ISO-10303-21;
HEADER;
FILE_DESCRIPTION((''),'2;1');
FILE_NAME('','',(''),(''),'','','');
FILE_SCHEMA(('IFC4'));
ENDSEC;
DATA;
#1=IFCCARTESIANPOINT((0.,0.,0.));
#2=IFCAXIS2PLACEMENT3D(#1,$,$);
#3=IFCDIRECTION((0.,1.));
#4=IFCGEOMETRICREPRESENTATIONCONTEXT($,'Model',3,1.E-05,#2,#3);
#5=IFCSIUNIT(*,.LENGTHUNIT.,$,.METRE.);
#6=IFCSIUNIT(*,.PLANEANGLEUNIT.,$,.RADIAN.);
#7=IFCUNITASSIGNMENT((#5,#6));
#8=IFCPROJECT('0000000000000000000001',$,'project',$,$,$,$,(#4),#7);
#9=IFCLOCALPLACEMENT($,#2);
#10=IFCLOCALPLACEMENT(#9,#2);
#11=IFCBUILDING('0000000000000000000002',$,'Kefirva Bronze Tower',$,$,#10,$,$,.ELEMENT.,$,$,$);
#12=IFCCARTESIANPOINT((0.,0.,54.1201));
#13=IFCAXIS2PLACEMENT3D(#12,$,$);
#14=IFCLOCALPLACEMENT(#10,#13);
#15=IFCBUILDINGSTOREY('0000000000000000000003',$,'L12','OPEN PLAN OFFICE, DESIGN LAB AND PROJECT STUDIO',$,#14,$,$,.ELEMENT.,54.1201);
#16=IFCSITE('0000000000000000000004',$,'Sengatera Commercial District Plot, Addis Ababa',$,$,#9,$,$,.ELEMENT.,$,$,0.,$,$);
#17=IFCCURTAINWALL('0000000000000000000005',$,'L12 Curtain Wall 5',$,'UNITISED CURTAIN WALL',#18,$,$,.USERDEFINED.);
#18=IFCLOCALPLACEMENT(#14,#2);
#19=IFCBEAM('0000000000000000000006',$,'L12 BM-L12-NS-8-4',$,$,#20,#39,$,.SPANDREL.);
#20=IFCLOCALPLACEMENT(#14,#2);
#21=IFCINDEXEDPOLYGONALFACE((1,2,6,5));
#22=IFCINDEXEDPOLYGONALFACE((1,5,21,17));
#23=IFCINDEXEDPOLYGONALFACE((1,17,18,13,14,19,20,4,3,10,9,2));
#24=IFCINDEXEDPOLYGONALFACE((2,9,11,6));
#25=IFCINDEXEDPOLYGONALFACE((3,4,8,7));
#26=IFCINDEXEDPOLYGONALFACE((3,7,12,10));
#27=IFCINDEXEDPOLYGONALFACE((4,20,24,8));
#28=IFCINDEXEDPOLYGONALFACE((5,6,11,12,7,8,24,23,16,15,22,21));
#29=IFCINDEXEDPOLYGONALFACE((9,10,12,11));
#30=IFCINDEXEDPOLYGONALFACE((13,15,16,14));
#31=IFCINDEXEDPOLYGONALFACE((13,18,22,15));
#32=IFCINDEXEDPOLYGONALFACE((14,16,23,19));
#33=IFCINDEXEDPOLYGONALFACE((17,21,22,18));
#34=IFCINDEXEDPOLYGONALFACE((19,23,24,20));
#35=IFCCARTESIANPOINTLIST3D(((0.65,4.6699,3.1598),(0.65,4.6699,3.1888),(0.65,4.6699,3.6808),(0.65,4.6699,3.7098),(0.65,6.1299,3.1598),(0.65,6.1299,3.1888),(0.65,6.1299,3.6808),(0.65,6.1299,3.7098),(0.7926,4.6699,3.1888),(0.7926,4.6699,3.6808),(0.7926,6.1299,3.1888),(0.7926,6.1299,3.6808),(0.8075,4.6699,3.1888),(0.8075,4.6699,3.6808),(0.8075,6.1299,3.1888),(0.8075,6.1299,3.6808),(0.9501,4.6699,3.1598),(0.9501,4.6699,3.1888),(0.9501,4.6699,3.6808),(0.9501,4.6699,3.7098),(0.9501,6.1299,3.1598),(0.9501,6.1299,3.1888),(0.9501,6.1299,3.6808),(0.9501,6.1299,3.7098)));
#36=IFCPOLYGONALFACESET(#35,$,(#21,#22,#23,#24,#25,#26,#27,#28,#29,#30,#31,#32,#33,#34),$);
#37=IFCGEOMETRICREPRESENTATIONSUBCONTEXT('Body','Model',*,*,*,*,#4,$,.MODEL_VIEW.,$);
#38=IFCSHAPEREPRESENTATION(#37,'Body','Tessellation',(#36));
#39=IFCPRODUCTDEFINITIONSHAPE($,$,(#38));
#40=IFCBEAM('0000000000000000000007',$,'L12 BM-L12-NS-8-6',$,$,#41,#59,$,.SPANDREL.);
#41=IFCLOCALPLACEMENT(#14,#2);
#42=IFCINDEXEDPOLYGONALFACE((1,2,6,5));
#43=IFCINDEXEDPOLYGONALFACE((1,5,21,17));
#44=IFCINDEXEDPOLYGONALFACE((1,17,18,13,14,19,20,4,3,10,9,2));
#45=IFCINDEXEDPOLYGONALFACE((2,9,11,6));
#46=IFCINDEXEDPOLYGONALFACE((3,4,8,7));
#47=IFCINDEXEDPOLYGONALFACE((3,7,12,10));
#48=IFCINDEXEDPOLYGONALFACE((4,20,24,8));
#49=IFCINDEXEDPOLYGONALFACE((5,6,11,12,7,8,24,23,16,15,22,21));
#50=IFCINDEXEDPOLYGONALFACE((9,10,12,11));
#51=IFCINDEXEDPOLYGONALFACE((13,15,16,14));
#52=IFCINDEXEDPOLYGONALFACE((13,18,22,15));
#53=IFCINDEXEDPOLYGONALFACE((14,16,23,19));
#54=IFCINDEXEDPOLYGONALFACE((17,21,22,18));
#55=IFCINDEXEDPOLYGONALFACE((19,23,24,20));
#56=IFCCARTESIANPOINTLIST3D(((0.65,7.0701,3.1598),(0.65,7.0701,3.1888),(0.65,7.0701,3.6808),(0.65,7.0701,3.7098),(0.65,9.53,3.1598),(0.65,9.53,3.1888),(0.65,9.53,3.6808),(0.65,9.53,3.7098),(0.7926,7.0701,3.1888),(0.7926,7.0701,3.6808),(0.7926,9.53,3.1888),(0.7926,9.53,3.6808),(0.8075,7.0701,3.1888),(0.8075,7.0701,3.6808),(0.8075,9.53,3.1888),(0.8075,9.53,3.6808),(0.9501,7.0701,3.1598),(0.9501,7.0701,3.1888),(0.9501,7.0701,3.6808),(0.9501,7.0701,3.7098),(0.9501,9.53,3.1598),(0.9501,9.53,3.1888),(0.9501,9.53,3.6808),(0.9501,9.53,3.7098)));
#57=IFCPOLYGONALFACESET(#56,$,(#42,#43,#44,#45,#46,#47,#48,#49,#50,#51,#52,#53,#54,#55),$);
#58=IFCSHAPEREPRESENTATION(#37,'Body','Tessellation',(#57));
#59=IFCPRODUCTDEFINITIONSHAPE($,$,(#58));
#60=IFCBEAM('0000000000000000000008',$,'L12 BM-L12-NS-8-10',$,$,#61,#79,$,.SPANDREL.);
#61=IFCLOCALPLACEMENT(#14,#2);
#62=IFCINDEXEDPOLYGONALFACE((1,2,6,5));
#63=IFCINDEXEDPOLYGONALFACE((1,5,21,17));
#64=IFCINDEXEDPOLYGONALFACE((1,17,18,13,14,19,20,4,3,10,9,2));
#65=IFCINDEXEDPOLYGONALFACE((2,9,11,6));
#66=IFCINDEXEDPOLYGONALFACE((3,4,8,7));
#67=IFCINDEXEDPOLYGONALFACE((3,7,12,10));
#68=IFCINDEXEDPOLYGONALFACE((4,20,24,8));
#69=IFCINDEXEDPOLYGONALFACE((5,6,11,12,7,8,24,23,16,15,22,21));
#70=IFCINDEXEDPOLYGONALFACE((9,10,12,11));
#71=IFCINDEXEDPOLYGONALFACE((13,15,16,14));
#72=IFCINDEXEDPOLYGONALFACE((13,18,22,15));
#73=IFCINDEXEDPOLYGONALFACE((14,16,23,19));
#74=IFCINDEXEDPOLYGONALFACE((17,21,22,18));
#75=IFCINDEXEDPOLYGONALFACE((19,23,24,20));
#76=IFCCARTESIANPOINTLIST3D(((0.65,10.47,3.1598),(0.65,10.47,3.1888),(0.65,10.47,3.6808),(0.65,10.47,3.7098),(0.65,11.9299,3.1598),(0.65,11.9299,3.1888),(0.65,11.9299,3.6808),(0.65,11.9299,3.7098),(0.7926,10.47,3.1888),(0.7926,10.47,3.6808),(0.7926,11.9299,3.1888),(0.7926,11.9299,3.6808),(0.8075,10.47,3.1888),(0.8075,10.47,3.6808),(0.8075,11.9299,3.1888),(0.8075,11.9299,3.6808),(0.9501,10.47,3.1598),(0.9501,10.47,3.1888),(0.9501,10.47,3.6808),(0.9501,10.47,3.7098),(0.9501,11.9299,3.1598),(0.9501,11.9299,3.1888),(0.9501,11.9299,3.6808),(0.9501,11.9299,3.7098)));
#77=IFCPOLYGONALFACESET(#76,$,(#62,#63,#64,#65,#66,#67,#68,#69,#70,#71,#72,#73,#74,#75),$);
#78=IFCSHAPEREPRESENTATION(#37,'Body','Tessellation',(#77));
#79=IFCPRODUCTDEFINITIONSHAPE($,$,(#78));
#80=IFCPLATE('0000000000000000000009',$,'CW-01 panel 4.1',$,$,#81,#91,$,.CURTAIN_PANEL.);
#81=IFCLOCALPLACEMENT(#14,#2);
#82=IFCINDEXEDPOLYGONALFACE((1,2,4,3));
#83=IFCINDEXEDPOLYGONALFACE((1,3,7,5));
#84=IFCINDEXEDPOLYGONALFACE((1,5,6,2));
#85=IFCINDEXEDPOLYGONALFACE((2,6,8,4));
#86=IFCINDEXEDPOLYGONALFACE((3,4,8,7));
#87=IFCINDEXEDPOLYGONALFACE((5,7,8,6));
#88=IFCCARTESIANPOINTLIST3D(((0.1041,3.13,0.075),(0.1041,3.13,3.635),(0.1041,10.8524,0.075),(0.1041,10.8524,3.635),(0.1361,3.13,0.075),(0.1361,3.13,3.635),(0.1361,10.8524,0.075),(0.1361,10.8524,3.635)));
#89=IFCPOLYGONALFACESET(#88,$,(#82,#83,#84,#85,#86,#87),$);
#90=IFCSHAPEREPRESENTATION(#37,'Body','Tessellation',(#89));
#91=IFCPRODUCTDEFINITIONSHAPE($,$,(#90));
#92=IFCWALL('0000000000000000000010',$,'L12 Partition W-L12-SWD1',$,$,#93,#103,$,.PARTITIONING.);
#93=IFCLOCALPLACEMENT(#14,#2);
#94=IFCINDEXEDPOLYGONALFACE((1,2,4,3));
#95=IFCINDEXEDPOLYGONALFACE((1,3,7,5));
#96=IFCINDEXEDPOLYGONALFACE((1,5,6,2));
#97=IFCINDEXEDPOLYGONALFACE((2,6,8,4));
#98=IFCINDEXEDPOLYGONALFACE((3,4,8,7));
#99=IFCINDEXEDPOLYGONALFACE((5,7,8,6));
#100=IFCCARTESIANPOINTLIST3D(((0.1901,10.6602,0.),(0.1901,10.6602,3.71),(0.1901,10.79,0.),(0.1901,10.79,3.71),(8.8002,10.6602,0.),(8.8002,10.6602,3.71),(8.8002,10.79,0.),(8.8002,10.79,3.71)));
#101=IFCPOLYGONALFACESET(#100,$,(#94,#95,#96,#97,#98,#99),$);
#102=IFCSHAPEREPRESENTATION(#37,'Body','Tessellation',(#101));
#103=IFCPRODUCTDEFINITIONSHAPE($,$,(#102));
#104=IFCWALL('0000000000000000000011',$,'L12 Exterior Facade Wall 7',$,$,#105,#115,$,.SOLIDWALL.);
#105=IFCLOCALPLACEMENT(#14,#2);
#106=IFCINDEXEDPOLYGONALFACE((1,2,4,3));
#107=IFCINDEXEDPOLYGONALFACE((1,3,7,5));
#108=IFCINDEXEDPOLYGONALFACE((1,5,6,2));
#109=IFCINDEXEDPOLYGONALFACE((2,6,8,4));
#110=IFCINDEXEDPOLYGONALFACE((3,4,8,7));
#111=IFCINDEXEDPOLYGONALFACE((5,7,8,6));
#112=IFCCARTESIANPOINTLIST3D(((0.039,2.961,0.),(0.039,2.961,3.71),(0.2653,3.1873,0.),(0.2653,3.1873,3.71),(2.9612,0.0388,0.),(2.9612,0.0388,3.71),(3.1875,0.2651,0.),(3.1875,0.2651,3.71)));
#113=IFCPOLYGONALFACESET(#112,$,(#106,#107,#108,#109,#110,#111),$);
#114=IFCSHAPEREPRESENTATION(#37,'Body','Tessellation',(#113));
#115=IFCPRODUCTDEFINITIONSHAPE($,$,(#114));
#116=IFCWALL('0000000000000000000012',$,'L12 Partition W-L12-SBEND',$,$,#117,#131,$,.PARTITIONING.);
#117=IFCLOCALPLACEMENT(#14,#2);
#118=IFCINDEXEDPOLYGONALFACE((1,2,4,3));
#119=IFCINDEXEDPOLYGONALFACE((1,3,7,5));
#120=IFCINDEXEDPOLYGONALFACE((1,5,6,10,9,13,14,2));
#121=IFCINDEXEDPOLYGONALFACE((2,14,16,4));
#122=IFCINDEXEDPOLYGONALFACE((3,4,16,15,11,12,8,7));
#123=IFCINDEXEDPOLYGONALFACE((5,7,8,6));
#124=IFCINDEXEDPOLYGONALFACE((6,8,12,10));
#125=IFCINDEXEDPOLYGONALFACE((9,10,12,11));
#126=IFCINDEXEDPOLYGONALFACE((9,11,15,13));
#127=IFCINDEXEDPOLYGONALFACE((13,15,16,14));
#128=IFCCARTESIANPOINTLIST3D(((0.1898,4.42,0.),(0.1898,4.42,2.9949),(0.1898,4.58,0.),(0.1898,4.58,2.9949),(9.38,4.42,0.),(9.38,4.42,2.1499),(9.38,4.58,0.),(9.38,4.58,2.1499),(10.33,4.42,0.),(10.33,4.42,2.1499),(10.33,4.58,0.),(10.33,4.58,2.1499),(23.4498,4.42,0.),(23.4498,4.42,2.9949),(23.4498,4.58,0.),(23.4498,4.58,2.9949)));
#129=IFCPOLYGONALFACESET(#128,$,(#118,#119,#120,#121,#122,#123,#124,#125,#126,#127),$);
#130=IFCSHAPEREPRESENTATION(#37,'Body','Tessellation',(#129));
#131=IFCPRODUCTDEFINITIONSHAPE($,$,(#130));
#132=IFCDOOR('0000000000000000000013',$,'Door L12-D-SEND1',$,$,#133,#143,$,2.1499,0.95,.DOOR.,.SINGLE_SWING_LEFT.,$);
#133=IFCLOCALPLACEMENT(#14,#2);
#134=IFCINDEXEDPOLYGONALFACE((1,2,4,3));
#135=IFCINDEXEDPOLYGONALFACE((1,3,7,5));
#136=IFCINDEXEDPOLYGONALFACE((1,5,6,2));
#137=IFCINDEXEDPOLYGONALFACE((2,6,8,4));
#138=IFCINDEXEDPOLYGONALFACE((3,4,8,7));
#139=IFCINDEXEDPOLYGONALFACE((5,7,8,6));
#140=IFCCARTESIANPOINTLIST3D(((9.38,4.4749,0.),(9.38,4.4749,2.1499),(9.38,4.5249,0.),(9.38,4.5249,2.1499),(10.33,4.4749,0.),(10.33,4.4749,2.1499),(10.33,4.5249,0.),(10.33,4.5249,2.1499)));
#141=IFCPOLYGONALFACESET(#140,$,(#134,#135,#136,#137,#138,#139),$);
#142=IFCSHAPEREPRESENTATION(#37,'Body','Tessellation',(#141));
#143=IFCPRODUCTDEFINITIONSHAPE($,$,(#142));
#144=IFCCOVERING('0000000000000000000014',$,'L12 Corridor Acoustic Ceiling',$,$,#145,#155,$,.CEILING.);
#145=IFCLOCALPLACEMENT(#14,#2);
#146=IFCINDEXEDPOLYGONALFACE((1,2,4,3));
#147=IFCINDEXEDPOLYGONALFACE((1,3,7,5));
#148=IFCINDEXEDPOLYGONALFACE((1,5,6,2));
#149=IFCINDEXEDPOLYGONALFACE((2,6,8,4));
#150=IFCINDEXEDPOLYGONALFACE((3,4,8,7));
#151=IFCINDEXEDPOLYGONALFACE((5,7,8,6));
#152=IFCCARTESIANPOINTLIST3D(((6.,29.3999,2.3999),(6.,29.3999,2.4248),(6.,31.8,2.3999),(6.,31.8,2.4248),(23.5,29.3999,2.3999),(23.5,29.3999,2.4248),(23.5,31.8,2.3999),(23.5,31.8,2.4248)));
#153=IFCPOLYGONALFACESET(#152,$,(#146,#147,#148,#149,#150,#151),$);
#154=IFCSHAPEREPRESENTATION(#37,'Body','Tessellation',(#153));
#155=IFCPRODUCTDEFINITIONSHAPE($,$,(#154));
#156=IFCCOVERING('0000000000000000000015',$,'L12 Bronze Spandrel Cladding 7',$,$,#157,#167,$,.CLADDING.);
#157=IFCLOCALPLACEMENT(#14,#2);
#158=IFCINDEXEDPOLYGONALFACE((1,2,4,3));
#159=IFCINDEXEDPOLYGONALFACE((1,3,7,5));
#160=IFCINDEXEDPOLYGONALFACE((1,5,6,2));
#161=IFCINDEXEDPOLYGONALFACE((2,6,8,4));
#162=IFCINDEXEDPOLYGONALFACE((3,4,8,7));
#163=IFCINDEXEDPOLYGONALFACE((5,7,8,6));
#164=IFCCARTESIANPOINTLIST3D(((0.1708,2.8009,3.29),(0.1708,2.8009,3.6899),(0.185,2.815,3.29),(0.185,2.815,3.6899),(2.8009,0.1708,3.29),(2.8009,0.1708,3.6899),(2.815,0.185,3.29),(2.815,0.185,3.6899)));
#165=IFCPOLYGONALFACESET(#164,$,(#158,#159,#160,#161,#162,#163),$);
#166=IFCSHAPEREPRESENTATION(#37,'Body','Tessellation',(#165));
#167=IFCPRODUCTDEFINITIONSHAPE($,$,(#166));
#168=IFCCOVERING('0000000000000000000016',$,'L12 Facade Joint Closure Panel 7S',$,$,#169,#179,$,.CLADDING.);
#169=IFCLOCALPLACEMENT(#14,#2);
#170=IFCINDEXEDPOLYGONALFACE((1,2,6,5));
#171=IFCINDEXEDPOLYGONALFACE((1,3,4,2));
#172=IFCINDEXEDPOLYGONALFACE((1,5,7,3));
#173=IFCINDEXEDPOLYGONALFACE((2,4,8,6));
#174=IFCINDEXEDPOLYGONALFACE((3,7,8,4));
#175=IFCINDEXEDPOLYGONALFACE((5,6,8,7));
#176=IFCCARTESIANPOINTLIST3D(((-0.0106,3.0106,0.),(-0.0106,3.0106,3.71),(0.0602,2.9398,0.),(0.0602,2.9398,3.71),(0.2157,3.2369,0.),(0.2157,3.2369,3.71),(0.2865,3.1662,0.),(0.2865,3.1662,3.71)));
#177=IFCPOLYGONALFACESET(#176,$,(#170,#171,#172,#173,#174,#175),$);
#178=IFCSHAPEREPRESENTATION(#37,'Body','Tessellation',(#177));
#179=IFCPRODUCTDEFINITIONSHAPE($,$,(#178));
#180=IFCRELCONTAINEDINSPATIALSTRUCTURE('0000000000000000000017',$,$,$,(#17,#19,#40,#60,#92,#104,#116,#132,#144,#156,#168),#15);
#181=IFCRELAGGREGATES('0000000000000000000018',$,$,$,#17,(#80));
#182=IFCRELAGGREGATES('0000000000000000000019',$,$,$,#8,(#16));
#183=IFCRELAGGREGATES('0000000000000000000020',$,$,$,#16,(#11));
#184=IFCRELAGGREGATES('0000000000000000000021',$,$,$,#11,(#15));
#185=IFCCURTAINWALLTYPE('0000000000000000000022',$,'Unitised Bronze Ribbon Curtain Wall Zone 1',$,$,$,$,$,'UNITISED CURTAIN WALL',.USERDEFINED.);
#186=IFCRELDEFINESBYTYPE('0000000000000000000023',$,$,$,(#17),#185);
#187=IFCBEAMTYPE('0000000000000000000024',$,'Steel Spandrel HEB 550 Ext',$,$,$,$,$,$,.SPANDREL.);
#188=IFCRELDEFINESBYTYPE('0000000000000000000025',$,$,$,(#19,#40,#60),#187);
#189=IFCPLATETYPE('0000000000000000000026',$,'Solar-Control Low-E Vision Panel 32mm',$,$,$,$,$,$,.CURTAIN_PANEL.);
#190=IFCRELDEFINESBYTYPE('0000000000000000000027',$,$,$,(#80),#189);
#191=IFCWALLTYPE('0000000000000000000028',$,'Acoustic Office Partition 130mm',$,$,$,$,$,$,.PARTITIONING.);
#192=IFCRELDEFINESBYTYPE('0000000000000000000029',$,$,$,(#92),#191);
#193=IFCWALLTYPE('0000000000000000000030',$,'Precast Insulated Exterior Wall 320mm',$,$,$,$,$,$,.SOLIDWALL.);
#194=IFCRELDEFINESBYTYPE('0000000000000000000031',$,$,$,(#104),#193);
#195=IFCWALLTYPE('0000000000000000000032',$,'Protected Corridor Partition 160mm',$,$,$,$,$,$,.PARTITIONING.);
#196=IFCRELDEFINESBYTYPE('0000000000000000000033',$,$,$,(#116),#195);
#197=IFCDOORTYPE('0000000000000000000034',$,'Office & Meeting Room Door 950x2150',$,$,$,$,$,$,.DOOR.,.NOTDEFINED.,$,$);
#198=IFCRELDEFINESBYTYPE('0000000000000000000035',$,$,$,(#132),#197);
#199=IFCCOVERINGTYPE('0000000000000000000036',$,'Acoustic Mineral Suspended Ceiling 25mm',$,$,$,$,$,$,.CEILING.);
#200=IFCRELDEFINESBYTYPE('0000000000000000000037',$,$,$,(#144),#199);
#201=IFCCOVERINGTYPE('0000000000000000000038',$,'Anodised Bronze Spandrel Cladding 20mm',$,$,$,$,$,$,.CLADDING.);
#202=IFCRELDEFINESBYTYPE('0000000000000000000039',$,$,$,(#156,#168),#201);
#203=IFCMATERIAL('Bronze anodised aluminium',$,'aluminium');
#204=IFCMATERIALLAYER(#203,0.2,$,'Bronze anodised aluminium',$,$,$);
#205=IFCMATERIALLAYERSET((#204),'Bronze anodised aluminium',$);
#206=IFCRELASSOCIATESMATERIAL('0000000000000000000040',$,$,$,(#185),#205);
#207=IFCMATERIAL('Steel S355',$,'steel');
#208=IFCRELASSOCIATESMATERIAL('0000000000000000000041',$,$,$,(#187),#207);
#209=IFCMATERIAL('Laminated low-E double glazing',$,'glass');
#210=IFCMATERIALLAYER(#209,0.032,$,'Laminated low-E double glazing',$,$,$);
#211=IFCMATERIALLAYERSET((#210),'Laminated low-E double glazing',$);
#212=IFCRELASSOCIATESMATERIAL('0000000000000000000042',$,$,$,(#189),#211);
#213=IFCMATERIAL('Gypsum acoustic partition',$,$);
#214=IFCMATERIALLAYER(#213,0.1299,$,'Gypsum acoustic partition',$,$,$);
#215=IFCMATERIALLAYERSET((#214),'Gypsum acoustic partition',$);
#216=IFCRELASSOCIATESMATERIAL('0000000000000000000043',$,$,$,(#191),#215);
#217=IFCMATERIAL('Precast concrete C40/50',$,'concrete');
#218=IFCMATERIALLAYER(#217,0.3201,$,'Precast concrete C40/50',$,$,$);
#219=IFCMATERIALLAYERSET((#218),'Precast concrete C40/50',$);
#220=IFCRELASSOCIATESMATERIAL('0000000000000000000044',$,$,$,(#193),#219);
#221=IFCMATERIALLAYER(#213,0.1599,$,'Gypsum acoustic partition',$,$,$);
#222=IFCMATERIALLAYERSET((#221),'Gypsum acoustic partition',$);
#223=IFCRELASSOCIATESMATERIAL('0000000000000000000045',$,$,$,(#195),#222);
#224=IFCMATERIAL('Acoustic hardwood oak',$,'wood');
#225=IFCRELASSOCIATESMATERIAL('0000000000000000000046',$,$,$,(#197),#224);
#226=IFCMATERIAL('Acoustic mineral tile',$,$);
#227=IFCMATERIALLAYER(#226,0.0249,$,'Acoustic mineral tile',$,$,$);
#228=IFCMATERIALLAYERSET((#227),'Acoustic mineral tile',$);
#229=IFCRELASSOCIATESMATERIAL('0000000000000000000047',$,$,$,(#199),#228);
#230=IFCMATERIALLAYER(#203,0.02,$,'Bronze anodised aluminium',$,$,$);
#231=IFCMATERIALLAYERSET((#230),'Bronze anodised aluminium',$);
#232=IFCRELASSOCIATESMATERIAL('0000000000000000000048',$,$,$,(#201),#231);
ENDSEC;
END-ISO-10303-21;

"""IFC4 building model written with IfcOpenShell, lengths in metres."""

from ifc_helpers import new_model, si_unit, direction, frame, frame_2d, origin, origin_2d, place, context, subcontext, project, spatial, polyline, rectangle, i_section, outline, extrude, material, layer, layer_set, material_profile, profile_set, type_object, element, fill, aggregate, save


model = new_model("IFC4")

# Units and contexts
model_context = context("Model", 3, precision=1e-05, world=origin(), true_north=direction((0.0, 1.0)))
body_context = subcontext(model_context, "Body", "Model", "MODEL_VIEW")
ifc_project = project(units=[si_unit("LENGTHUNIT", "METRE"), si_unit("PLANEANGLEUNIT", "RADIAN")], contexts=[model_context])

# Site, building, storey
site_placement = place(None, origin())
site = spatial("IfcSite", under=ifc_project, at=site_placement, Name="Sengatera Commercial District Plot, Addis Ababa", CompositionType="ELEMENT", RefElevation=0.0)
building_placement = place(site_placement, origin())
building = spatial("IfcBuilding", under=site, at=building_placement, Name="Kefirva Bronze Tower", CompositionType="ELEMENT")
storey_placement = place(building_placement, frame((0.0, 0.0, 54.1201)))
storey = spatial("IfcBuildingStorey", under=building, at=storey_placement, Name="L12", Description="OPEN PLAN OFFICE, DESIGN LAB AND PROJECT STUDIO", CompositionType="ELEMENT", Elevation=54.1201)

# Curtain wall
ifc_material_1 = material(Name="Bronze anodised aluminium", Category="aluminium")
ifc_layer_1 = layer(ifc_material_1, 0.2, Name="Bronze anodised aluminium")
ifc_layer_set_1 = layer_set([ifc_layer_1], Name="Bronze anodised aluminium")
curtain_wall_type = type_object("IfcCurtainWallType", Name="Unitised Bronze Ribbon Curtain Wall Zone 1", ElementType="UNITISED CURTAIN WALL", PredefinedType="USERDEFINED", material=ifc_layer_set_1)
curtain_wall_placement = place(storey_placement, origin())
curtain_wall = element("IfcCurtainWall", 1, at=curtain_wall_placement, inside=storey, type_object=curtain_wall_type, Name="L12 Curtain Wall 5", ObjectType="UNITISED CURTAIN WALL", PredefinedType="USERDEFINED")

# Beams
ifc_material_2 = material(Name="Steel S355", Category="steel")
ifc_material_profile_1 = material_profile(ifc_material_2, i_section(OverallWidth=0.3, OverallDepth=0.55, WebThickness=0.0149, FlangeThickness=0.0291, at=origin_2d()), Name="HEB 550")
ifc_profile_set_1 = profile_set([ifc_material_profile_1], Name="Steel S355")
beam_type_1 = type_object("IfcBeamType", Name="Steel Spandrel HEB 550 Ext", PredefinedType="SPANDREL", material=ifc_profile_set_1)
beam_1_placement = place(storey_placement, frame((0.8, 4.6699, 3.4348), z_axis=(0.0, 1.0, 0.0), x_axis=(-1.0, 0.0, 0.0)))
element("IfcBeam", 2, at=beam_1_placement, inside=storey, type_object=beam_type_1, Name="L12 BM-L12-NS-8-4", PredefinedType="SPANDREL", context=body_context, shape_type="SweptSolid", body=[
    extrude(i_section(OverallWidth=0.3, OverallDepth=0.55, WebThickness=0.0149, FlangeThickness=0.0291, at=origin_2d()), origin(), (0.0, 0.0, 1.0), 1.46),
])
beam_2_placement = place(storey_placement, frame((0.8, 7.0701, 3.4348), z_axis=(0.0, 1.0, 0.0), x_axis=(-1.0, 0.0, 0.0)))
element("IfcBeam", 3, at=beam_2_placement, inside=storey, type_object=beam_type_1, Name="L12 BM-L12-NS-8-6", PredefinedType="SPANDREL", context=body_context, shape_type="SweptSolid", body=[
    extrude(i_section(OverallWidth=0.3, OverallDepth=0.55, WebThickness=0.0149, FlangeThickness=0.0291, at=origin_2d()), origin(), (0.0, 0.0, 1.0), 2.46),
])
beam_3_placement = place(storey_placement, frame((0.8, 10.47, 3.4348), z_axis=(0.0, 1.0, 0.0), x_axis=(-1.0, 0.0, 0.0)))
element("IfcBeam", 4, at=beam_3_placement, inside=storey, type_object=beam_type_1, Name="L12 BM-L12-NS-8-10", PredefinedType="SPANDREL", context=body_context, shape_type="SweptSolid", body=[
    extrude(i_section(OverallWidth=0.3, OverallDepth=0.55, WebThickness=0.0149, FlangeThickness=0.0291, at=origin_2d()), origin(), (0.0, 0.0, 1.0), 1.46),
])

# Plate
ifc_material_3 = material(Name="Laminated low-E double glazing", Category="glass")
ifc_layer_2 = layer(ifc_material_3, 0.032, Name="Laminated low-E double glazing")
ifc_layer_set_2 = layer_set([ifc_layer_2], Name="Laminated low-E double glazing")
plate_type = type_object("IfcPlateType", Name="Solar-Control Low-E Vision Panel 32mm", PredefinedType="CURTAIN_PANEL", material=ifc_layer_set_2)
plate_placement = place(storey_placement, frame((0.1201, 6.9912, 0.075), z_axis=(0.0, 0.0, 1.0), x_axis=(0.0, -1.0, 0.0)))
plate = element("IfcPlate", 5, at=plate_placement, type_object=plate_type, Name="CW-01 panel 4.1", PredefinedType="CURTAIN_PANEL", context=body_context, shape_type="SweptSolid", body=[
    extrude(rectangle(XDim=7.7224, YDim=0.032, at=origin_2d()), origin(), (0.0, 0.0, 1.0), 3.5601),
])
aggregate(curtain_wall, [plate])

# Walls
ifc_material_4 = material(Name="Gypsum acoustic partition")
ifc_layer_3 = layer(ifc_material_4, 0.1299, Name="Gypsum acoustic partition")
ifc_layer_set_3 = layer_set([ifc_layer_3], Name="Gypsum acoustic partition")
wall_type_1 = type_object("IfcWallType", Name="Acoustic Office Partition 130mm", PredefinedType="PARTITIONING", material=ifc_layer_set_3)
wall_1_placement = place(storey_placement, frame((0.1899, 10.7251, 0.0), z_axis=(0.0, 0.0, 1.0), x_axis=(1.0, 0.0, 0.0)))
element("IfcWall", 6, at=wall_1_placement, inside=storey, type_object=wall_type_1, Name="L12 Partition W-L12-SWD1", PredefinedType="PARTITIONING", context=body_context, shape_type="SweptSolid", body=[
    extrude(rectangle(XDim=8.6101, YDim=0.1299, at=frame_2d((4.3052, 0.0))), origin(), (0.0, 0.0, 1.0), 3.71),
])
ifc_material_5 = material(Name="Precast concrete C40/50", Category="concrete")
ifc_layer_4 = layer(ifc_material_5, 0.3201, Name="Precast concrete C40/50")
ifc_layer_set_4 = layer_set([ifc_layer_4], Name="Precast concrete C40/50")
wall_type_2 = type_object("IfcWallType", Name="Precast Insulated Exterior Wall 320mm", PredefinedType="SOLIDWALL", material=ifc_layer_set_4)
wall_2_placement = place(storey_placement, frame((0.1521, 3.0742, 0.0), z_axis=(0.0, 0.0, 1.0), x_axis=(0.707107, -0.707107, 0.0)))
element("IfcWall", 7, at=wall_2_placement, inside=storey, type_object=wall_type_2, Name="L12 Exterior Facade Wall 7", PredefinedType="SOLIDWALL", context=body_context, shape_type="SweptSolid", body=[
    extrude(rectangle(XDim=4.1326, YDim=0.3201, at=frame_2d((2.0664, 0.0))), origin(), (0.0, 0.0, 1.0), 3.71),
])

# Wall, opening, door
ifc_layer_5 = layer(ifc_material_4, 0.1599, Name="Gypsum acoustic partition")
ifc_layer_set_5 = layer_set([ifc_layer_5], Name="Gypsum acoustic partition")
wall_type_3 = type_object("IfcWallType", Name="Protected Corridor Partition 160mm", PredefinedType="PARTITIONING", material=ifc_layer_set_5)
wall_3_placement = place(storey_placement, frame((0.1899, 4.5, 0.0), z_axis=(0.0, 0.0, 1.0), x_axis=(1.0, 0.0, 0.0)))
wall_3 = element("IfcWall", 8, at=wall_3_placement, inside=storey, type_object=wall_type_3, Name="L12 Partition W-L12-SBEND", PredefinedType="PARTITIONING", context=body_context, shape_type="SweptSolid", body=[
    extrude(rectangle(XDim=23.26, YDim=0.1599, at=frame_2d((11.6299, 0.0))), origin(), (0.0, 0.0, 1.0), 2.9949),
])
opening_placement = place(wall_3_placement, frame((9.1899, 0.0, 0.0)))
opening = element("IfcOpeningElement", 9, at=opening_placement, cuts=wall_3, PredefinedType="OPENING", context=body_context, shape_type="SweptSolid", body=[
    extrude(rectangle(XDim=0.95, YDim=2.1499, at=frame_2d((0.4751, 1.075))), frame((0.0, 0.0898, 0.0), z_axis=(0.0, -1.0, 0.0), x_axis=(1.0, 0.0, 0.0)), (0.0, 0.0, 1.0), 0.1799),
])
ifc_material_6 = material(Name="Acoustic hardwood oak", Category="wood")
door_type = type_object("IfcDoorType", Name="Office & Meeting Room Door 950x2150", OperationType="NOTDEFINED", PredefinedType="DOOR", material=ifc_material_6)
door_placement = place(opening_placement, origin())
door = element("IfcDoor", 10, at=door_placement, inside=storey, type_object=door_type, Name="Door L12-D-SEND1", OperationType="SINGLE_SWING_LEFT", OverallHeight=2.1499, OverallWidth=0.95, PredefinedType="DOOR", context=body_context, shape_type="SweptSolid", body=[
    extrude(rectangle(XDim=0.95, YDim=2.1499, at=frame_2d((0.4751, 1.075))), frame((0.0, 0.0249, 0.0), z_axis=(0.0, -1.0, 0.0), x_axis=(1.0, 0.0, 0.0)), (0.0, 0.0, 1.0), 0.05),
])
fill(opening, door)

# Coverings
ifc_material_7 = material(Name="Acoustic mineral tile")
ifc_layer_6 = layer(ifc_material_7, 0.0249, Name="Acoustic mineral tile")
ifc_layer_set_6 = layer_set([ifc_layer_6], Name="Acoustic mineral tile")
covering_type_1 = type_object("IfcCoveringType", Name="Acoustic Mineral Suspended Ceiling 25mm", PredefinedType="CEILING", material=ifc_layer_set_6)
covering_1_placement = place(storey_placement, frame((0.0, 0.0, 2.3999)))
element("IfcCovering", 11, at=covering_1_placement, inside=storey, type_object=covering_type_1, Name="L12 Corridor Acoustic Ceiling", PredefinedType="CEILING", context=body_context, shape_type="SweptSolid", body=[
    extrude(outline(polyline([(6.0, 29.3999), (23.5, 29.3999), (23.5, 31.8), (6.0, 31.8), (6.0, 29.3999)])), origin(), (0.0, 0.0, 1.0), 0.0249),
])
ifc_layer_7 = layer(ifc_material_1, 0.02, Name="Bronze anodised aluminium")
ifc_layer_set_7 = layer_set([ifc_layer_7], Name="Bronze anodised aluminium")
covering_type_2 = type_object("IfcCoveringType", Name="Anodised Bronze Spandrel Cladding 20mm", PredefinedType="CLADDING", material=ifc_layer_set_7)
covering_2_placement = place(storey_placement, frame((1.4929, 1.4929, 3.29), z_axis=(0.0, 0.0, 1.0), x_axis=(0.707107, -0.707107, 0.0)))
element("IfcCovering", 12, at=covering_2_placement, inside=storey, type_object=covering_type_2, Name="L12 Bronze Spandrel Cladding 7", PredefinedType="CLADDING", context=body_context, shape_type="SweptSolid", body=[
    extrude(rectangle(XDim=3.7195, YDim=0.02, at=origin_2d()), origin(), (0.0, 0.0, 1.0), 0.3999),
])
covering_3_placement = place(storey_placement, frame((0.1379, 3.0884, 0.0), z_axis=(0.0, 0.0, 1.0), x_axis=(0.707107, -0.707107, 0.0)))
element("IfcCovering", 13, at=covering_3_placement, inside=storey, type_object=covering_type_2, Name="L12 Facade Joint Closure Panel 7S", PredefinedType="CLADDING", context=body_context, shape_type="SweptSolid", body=[
    extrude(rectangle(XDim=0.1001, YDim=0.3201, at=origin_2d()), origin(), (0.0, 0.0, 1.0), 3.71),
])

save(model, "model.ifc")
